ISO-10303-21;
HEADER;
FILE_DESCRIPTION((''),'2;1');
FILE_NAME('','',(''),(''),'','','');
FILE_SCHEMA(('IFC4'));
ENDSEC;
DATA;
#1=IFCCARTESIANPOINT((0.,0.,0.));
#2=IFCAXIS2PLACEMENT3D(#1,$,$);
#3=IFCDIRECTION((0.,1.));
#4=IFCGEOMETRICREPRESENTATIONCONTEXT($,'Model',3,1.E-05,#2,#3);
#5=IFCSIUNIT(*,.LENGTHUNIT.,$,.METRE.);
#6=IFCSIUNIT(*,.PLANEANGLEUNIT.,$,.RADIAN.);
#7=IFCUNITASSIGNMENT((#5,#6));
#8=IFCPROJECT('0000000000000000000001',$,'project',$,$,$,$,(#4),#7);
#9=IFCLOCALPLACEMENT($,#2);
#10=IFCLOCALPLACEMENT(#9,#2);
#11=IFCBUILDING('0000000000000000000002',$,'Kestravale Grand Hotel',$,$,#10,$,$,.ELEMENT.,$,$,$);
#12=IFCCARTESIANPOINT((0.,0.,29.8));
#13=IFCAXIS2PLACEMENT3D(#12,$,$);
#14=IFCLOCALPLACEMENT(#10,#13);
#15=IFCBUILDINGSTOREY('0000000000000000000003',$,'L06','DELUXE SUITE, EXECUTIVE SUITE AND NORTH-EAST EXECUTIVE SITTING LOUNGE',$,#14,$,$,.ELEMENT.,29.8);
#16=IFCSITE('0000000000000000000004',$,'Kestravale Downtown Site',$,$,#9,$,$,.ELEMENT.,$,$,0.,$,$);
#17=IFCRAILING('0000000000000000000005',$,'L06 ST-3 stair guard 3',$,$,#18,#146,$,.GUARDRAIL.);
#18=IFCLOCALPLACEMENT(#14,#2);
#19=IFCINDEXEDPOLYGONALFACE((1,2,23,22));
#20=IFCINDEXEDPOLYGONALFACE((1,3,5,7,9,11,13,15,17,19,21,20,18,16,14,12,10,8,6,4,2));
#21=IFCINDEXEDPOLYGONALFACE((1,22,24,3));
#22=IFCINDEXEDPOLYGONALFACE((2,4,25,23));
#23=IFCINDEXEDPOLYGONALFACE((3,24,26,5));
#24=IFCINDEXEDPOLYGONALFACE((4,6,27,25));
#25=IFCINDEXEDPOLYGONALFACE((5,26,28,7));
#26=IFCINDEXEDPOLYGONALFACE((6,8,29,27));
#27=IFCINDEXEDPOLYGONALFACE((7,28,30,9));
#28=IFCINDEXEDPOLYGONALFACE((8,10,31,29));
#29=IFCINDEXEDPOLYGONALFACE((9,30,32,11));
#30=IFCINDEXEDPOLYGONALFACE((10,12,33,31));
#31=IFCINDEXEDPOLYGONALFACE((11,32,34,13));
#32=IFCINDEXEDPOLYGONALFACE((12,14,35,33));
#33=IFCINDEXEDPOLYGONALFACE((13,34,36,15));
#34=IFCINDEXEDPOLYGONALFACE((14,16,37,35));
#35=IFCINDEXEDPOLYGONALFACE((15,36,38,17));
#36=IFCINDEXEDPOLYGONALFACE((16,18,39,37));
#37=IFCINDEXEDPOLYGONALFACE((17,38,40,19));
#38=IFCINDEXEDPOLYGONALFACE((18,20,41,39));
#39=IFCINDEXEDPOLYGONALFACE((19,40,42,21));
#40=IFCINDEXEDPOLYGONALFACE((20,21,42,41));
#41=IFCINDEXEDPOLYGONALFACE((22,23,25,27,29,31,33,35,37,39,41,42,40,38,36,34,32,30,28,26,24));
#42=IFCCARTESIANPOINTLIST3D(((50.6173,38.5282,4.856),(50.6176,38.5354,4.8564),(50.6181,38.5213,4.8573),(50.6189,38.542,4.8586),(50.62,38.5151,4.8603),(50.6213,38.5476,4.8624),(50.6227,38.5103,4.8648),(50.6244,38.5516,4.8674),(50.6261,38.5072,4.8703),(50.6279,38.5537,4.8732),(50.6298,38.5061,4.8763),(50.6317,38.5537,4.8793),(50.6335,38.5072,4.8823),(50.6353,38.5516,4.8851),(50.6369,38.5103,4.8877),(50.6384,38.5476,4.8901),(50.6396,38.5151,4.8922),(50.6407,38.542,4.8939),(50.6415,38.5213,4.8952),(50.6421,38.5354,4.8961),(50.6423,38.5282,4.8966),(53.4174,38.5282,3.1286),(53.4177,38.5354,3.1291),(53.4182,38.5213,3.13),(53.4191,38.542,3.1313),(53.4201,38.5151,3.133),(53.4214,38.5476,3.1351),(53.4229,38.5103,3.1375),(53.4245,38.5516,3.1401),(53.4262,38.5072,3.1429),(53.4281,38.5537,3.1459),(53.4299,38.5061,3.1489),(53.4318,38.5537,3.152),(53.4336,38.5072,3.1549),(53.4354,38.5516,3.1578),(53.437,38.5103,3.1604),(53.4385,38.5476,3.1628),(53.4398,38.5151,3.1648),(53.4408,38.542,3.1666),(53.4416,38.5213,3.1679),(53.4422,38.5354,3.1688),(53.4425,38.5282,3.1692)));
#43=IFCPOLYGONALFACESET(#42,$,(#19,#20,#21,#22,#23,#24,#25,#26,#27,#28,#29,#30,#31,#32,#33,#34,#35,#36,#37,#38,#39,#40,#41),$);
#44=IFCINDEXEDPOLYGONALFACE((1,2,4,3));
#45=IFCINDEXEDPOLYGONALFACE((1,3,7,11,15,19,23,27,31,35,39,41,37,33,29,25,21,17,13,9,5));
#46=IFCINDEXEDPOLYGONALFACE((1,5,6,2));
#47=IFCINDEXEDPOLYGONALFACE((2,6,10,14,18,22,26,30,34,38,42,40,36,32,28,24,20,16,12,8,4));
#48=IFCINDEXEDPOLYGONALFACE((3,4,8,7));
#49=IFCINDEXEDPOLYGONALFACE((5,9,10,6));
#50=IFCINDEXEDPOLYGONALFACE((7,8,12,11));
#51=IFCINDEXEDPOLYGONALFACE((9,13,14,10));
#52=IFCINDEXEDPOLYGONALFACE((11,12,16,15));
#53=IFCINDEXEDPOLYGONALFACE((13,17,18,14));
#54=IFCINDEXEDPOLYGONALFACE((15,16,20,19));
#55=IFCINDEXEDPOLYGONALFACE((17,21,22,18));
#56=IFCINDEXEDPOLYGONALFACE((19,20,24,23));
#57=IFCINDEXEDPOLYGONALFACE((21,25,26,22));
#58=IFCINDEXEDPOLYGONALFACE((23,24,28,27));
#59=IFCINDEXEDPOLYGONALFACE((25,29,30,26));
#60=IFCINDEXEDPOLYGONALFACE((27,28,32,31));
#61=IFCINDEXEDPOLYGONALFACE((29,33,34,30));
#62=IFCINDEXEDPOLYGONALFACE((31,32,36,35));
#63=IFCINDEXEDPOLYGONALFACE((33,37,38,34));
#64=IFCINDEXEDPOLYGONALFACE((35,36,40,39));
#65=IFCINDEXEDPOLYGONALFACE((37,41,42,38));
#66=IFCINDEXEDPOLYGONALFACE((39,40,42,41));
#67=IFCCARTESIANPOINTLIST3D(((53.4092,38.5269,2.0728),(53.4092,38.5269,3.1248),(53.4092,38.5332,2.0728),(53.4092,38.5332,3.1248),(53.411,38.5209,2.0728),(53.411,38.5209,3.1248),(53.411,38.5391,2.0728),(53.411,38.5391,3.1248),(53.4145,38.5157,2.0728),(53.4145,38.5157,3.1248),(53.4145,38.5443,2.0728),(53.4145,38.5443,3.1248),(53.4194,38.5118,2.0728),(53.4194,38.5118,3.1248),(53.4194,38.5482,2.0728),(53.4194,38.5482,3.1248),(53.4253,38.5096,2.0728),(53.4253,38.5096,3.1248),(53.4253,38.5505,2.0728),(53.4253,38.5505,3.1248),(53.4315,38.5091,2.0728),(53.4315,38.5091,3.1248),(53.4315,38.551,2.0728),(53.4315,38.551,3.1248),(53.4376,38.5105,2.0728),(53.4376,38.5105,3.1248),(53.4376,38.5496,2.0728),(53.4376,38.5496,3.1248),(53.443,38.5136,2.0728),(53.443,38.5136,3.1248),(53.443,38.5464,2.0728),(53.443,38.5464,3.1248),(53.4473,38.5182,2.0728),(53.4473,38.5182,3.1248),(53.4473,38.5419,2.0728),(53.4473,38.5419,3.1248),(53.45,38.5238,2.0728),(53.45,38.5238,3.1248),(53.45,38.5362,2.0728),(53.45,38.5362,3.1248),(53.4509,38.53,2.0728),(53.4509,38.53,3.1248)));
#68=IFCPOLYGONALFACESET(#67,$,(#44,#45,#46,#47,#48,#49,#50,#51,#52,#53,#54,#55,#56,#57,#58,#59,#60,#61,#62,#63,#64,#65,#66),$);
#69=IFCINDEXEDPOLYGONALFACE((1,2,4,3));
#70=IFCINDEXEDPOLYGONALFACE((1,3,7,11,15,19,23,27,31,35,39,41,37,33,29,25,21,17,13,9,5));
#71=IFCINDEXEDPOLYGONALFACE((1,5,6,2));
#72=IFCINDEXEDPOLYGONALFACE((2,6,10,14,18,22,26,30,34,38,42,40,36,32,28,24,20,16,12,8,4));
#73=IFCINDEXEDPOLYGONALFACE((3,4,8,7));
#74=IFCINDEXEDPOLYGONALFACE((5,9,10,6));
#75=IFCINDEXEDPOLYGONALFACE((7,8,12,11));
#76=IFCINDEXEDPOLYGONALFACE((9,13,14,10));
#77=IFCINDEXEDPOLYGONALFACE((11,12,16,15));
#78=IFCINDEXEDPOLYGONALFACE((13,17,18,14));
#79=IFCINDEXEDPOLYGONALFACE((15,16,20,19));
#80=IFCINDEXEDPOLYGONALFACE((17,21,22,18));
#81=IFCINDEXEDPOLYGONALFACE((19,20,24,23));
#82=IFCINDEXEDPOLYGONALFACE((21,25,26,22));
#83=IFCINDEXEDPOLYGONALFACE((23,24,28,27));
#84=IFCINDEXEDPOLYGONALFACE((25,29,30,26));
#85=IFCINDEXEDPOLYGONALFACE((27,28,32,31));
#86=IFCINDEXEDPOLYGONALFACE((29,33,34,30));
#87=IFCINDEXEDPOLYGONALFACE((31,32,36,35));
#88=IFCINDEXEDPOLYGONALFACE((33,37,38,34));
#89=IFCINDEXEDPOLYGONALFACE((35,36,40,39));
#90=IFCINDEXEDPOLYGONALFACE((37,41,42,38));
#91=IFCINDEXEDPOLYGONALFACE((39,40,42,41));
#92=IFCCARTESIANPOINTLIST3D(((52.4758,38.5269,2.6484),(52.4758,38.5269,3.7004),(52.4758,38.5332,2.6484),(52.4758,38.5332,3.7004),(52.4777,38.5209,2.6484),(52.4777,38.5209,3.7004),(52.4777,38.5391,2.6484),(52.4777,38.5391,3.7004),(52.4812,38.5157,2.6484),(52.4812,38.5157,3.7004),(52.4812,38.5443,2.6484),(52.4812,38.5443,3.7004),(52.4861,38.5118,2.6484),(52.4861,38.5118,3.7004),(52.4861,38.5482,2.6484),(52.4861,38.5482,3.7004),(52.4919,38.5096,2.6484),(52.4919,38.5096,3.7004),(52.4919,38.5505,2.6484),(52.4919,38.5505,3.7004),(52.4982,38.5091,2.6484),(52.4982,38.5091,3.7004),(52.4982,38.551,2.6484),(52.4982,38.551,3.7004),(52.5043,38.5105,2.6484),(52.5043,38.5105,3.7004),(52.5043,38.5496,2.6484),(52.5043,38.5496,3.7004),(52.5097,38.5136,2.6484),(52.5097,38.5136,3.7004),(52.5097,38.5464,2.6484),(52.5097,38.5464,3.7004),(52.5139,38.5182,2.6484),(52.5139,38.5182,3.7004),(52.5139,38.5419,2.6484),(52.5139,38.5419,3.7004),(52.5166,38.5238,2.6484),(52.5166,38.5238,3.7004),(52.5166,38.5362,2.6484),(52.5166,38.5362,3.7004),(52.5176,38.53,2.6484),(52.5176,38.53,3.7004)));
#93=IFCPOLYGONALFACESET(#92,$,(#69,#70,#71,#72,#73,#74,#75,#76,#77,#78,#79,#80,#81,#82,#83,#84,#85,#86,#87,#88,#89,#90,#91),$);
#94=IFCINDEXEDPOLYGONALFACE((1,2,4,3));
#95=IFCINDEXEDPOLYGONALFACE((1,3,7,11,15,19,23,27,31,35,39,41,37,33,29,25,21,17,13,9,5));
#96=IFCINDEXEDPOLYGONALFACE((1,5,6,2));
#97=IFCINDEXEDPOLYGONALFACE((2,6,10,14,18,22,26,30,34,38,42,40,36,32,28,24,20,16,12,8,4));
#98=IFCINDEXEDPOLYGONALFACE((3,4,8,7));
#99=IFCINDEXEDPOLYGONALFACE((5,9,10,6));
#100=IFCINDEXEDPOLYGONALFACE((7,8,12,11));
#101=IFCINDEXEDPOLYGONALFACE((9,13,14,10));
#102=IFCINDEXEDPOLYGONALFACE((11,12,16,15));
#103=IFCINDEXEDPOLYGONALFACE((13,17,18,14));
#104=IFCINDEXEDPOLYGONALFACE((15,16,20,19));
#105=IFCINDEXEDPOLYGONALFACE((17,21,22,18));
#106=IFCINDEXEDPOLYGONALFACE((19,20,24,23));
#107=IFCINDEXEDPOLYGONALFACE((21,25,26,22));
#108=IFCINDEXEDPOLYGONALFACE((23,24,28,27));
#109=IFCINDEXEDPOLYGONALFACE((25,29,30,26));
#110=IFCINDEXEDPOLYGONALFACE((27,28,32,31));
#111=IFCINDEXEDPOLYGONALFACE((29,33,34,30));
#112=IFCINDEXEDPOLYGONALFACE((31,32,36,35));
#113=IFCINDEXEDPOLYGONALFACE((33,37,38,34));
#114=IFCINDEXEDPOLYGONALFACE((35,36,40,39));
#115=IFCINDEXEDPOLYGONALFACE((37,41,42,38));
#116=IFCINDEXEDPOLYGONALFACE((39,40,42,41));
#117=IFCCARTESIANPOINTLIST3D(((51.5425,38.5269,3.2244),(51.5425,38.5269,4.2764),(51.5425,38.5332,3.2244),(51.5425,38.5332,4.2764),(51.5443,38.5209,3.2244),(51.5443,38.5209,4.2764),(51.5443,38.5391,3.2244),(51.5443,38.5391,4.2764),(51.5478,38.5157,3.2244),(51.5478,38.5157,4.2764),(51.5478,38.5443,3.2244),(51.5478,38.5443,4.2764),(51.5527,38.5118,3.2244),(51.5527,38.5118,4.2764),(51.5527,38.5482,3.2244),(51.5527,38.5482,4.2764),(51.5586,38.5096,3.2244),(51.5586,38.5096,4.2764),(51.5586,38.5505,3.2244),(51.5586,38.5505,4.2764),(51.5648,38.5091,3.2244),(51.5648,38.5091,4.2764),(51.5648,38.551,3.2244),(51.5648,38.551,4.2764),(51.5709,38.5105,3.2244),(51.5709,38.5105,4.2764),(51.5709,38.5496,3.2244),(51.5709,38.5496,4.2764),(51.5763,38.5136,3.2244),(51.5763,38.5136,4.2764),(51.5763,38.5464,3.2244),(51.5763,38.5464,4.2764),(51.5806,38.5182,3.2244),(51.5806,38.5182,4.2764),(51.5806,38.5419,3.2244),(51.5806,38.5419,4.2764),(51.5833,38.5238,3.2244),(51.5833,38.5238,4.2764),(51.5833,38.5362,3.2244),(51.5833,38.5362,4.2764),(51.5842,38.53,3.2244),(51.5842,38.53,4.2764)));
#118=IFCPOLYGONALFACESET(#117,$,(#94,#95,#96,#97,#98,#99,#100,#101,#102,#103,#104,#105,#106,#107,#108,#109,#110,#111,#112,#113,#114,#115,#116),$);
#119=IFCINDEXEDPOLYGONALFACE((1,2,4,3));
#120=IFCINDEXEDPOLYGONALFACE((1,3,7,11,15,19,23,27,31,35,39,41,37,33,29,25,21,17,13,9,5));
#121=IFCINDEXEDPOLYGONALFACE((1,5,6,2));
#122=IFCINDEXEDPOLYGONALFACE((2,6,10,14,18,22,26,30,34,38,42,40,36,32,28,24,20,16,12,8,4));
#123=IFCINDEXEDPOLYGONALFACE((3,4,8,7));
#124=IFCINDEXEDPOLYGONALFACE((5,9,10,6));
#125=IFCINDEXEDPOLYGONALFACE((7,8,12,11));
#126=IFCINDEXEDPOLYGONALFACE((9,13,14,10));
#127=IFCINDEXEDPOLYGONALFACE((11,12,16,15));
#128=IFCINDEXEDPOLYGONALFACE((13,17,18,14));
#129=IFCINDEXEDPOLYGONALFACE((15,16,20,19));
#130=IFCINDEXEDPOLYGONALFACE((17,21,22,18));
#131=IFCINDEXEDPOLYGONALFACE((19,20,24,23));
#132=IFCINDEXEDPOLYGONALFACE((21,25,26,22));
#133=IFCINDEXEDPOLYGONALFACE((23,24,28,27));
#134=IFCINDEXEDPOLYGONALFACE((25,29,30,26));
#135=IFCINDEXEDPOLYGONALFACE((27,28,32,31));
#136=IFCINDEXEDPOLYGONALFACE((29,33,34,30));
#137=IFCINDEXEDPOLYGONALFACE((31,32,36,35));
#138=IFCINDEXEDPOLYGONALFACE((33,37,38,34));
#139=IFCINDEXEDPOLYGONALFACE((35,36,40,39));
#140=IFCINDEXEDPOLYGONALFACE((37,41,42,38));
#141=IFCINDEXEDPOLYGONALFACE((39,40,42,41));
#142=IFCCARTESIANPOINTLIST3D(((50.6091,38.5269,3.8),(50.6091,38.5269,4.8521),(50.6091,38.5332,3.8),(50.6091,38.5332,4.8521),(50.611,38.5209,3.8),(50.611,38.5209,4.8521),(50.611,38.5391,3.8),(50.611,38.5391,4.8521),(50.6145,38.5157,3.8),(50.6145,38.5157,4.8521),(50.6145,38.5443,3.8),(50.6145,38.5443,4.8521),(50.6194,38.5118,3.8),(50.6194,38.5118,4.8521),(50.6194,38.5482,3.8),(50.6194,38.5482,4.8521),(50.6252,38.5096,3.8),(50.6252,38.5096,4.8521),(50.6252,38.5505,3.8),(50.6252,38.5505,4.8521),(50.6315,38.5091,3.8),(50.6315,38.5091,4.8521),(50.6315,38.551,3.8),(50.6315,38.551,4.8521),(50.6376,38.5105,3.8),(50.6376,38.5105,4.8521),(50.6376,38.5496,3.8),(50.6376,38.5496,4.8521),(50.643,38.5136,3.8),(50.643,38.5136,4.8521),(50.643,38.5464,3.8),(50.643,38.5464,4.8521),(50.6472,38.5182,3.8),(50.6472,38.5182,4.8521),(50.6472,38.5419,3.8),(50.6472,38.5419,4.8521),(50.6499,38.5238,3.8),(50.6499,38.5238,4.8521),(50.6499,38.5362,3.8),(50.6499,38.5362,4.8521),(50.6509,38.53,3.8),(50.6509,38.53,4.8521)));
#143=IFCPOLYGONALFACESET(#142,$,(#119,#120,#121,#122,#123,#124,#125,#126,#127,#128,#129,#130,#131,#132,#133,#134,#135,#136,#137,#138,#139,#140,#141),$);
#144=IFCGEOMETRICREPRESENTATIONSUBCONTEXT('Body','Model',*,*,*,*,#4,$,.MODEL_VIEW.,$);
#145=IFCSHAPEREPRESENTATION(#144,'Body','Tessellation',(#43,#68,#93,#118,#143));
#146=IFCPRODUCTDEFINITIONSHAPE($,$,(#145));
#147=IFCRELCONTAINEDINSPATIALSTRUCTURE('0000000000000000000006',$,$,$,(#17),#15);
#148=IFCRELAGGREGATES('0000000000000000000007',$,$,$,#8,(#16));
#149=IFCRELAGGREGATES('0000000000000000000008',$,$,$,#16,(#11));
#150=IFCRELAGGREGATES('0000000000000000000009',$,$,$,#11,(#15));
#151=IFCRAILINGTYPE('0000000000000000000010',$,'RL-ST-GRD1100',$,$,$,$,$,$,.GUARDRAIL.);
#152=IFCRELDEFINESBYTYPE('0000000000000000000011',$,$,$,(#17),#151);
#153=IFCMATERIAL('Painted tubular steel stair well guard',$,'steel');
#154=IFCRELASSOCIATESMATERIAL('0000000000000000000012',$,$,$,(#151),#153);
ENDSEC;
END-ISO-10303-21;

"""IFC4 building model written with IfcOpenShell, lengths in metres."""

from ifc_helpers import new_model, si_unit, direction, frame, origin, origin_2d, place, context, subcontext, project, spatial, circle, extrude, material, type_object, element, save


model = new_model("IFC4")

# Units and contexts
model_context = context("Model", 3, precision=1e-05, world=origin(), true_north=direction((0.0, 1.0)))
body_context = subcontext(model_context, "Body", "Model", "MODEL_VIEW")
ifc_project = project(units=[si_unit("LENGTHUNIT", "METRE"), si_unit("PLANEANGLEUNIT", "RADIAN")], contexts=[model_context])

# Site, building, storey
site_placement = place(None, origin())
site = spatial("IfcSite", under=ifc_project, at=site_placement, Name="Kestravale Downtown Site", CompositionType="ELEMENT", RefElevation=0.0)
building_placement = place(site_placement, origin())
building = spatial("IfcBuilding", under=site, at=building_placement, Name="Kestravale Grand Hotel", CompositionType="ELEMENT")
storey_placement = place(building_placement, frame((0.0, 0.0, 29.8)))
storey = spatial("IfcBuildingStorey", under=building, at=storey_placement, Name="L06", Description="DELUXE SUITE, EXECUTIVE SUITE AND NORTH-EAST EXECUTIVE SITTING LOUNGE", CompositionType="ELEMENT", Elevation=29.8)

# Railing
ifc_material_1 = material(Name="Painted tubular steel stair well guard", Category="steel")
railing_type_1 = type_object("IfcRailingType", Name="RL-ST-GRD1100", PredefinedType="GUARDRAIL", material=ifc_material_1)
railing_1_placement = place(storey_placement, frame((53.4299, 38.53, 2.0728)))
element("IfcRailing", 1, at=railing_1_placement, inside=storey, type_object=railing_type_1, Name="L06 ST-3 stair guard 3", PredefinedType="GUARDRAIL", context=body_context, shape_type="SweptSolid", body=[
    extrude(circle(Radius=0.0239, at=origin_2d()), frame((0.0, 0.0, 1.0762), z_axis=(-0.85109, 0.0, 0.52502), x_axis=(0.0, -1.0, 0.0)), (0.0, 0.0, 1.0), 3.29),
    extrude(circle(Radius=0.021, at=origin_2d()), origin(), (0.0, 0.0, 1.0), 1.052),
    extrude(circle(Radius=0.021, at=origin_2d()), frame((-0.9333, 0.0, 0.5757)), (0.0, 0.0, 1.0), 1.052),
    extrude(circle(Radius=0.021, at=origin_2d()), frame((-1.8667, 0.0, 1.1516)), (0.0, 0.0, 1.0), 1.052),
    extrude(circle(Radius=0.021, at=origin_2d()), frame((-2.8, 0.0, 1.7273)), (0.0, 0.0, 1.0), 1.052),
])

save(model, "model.ifc")
